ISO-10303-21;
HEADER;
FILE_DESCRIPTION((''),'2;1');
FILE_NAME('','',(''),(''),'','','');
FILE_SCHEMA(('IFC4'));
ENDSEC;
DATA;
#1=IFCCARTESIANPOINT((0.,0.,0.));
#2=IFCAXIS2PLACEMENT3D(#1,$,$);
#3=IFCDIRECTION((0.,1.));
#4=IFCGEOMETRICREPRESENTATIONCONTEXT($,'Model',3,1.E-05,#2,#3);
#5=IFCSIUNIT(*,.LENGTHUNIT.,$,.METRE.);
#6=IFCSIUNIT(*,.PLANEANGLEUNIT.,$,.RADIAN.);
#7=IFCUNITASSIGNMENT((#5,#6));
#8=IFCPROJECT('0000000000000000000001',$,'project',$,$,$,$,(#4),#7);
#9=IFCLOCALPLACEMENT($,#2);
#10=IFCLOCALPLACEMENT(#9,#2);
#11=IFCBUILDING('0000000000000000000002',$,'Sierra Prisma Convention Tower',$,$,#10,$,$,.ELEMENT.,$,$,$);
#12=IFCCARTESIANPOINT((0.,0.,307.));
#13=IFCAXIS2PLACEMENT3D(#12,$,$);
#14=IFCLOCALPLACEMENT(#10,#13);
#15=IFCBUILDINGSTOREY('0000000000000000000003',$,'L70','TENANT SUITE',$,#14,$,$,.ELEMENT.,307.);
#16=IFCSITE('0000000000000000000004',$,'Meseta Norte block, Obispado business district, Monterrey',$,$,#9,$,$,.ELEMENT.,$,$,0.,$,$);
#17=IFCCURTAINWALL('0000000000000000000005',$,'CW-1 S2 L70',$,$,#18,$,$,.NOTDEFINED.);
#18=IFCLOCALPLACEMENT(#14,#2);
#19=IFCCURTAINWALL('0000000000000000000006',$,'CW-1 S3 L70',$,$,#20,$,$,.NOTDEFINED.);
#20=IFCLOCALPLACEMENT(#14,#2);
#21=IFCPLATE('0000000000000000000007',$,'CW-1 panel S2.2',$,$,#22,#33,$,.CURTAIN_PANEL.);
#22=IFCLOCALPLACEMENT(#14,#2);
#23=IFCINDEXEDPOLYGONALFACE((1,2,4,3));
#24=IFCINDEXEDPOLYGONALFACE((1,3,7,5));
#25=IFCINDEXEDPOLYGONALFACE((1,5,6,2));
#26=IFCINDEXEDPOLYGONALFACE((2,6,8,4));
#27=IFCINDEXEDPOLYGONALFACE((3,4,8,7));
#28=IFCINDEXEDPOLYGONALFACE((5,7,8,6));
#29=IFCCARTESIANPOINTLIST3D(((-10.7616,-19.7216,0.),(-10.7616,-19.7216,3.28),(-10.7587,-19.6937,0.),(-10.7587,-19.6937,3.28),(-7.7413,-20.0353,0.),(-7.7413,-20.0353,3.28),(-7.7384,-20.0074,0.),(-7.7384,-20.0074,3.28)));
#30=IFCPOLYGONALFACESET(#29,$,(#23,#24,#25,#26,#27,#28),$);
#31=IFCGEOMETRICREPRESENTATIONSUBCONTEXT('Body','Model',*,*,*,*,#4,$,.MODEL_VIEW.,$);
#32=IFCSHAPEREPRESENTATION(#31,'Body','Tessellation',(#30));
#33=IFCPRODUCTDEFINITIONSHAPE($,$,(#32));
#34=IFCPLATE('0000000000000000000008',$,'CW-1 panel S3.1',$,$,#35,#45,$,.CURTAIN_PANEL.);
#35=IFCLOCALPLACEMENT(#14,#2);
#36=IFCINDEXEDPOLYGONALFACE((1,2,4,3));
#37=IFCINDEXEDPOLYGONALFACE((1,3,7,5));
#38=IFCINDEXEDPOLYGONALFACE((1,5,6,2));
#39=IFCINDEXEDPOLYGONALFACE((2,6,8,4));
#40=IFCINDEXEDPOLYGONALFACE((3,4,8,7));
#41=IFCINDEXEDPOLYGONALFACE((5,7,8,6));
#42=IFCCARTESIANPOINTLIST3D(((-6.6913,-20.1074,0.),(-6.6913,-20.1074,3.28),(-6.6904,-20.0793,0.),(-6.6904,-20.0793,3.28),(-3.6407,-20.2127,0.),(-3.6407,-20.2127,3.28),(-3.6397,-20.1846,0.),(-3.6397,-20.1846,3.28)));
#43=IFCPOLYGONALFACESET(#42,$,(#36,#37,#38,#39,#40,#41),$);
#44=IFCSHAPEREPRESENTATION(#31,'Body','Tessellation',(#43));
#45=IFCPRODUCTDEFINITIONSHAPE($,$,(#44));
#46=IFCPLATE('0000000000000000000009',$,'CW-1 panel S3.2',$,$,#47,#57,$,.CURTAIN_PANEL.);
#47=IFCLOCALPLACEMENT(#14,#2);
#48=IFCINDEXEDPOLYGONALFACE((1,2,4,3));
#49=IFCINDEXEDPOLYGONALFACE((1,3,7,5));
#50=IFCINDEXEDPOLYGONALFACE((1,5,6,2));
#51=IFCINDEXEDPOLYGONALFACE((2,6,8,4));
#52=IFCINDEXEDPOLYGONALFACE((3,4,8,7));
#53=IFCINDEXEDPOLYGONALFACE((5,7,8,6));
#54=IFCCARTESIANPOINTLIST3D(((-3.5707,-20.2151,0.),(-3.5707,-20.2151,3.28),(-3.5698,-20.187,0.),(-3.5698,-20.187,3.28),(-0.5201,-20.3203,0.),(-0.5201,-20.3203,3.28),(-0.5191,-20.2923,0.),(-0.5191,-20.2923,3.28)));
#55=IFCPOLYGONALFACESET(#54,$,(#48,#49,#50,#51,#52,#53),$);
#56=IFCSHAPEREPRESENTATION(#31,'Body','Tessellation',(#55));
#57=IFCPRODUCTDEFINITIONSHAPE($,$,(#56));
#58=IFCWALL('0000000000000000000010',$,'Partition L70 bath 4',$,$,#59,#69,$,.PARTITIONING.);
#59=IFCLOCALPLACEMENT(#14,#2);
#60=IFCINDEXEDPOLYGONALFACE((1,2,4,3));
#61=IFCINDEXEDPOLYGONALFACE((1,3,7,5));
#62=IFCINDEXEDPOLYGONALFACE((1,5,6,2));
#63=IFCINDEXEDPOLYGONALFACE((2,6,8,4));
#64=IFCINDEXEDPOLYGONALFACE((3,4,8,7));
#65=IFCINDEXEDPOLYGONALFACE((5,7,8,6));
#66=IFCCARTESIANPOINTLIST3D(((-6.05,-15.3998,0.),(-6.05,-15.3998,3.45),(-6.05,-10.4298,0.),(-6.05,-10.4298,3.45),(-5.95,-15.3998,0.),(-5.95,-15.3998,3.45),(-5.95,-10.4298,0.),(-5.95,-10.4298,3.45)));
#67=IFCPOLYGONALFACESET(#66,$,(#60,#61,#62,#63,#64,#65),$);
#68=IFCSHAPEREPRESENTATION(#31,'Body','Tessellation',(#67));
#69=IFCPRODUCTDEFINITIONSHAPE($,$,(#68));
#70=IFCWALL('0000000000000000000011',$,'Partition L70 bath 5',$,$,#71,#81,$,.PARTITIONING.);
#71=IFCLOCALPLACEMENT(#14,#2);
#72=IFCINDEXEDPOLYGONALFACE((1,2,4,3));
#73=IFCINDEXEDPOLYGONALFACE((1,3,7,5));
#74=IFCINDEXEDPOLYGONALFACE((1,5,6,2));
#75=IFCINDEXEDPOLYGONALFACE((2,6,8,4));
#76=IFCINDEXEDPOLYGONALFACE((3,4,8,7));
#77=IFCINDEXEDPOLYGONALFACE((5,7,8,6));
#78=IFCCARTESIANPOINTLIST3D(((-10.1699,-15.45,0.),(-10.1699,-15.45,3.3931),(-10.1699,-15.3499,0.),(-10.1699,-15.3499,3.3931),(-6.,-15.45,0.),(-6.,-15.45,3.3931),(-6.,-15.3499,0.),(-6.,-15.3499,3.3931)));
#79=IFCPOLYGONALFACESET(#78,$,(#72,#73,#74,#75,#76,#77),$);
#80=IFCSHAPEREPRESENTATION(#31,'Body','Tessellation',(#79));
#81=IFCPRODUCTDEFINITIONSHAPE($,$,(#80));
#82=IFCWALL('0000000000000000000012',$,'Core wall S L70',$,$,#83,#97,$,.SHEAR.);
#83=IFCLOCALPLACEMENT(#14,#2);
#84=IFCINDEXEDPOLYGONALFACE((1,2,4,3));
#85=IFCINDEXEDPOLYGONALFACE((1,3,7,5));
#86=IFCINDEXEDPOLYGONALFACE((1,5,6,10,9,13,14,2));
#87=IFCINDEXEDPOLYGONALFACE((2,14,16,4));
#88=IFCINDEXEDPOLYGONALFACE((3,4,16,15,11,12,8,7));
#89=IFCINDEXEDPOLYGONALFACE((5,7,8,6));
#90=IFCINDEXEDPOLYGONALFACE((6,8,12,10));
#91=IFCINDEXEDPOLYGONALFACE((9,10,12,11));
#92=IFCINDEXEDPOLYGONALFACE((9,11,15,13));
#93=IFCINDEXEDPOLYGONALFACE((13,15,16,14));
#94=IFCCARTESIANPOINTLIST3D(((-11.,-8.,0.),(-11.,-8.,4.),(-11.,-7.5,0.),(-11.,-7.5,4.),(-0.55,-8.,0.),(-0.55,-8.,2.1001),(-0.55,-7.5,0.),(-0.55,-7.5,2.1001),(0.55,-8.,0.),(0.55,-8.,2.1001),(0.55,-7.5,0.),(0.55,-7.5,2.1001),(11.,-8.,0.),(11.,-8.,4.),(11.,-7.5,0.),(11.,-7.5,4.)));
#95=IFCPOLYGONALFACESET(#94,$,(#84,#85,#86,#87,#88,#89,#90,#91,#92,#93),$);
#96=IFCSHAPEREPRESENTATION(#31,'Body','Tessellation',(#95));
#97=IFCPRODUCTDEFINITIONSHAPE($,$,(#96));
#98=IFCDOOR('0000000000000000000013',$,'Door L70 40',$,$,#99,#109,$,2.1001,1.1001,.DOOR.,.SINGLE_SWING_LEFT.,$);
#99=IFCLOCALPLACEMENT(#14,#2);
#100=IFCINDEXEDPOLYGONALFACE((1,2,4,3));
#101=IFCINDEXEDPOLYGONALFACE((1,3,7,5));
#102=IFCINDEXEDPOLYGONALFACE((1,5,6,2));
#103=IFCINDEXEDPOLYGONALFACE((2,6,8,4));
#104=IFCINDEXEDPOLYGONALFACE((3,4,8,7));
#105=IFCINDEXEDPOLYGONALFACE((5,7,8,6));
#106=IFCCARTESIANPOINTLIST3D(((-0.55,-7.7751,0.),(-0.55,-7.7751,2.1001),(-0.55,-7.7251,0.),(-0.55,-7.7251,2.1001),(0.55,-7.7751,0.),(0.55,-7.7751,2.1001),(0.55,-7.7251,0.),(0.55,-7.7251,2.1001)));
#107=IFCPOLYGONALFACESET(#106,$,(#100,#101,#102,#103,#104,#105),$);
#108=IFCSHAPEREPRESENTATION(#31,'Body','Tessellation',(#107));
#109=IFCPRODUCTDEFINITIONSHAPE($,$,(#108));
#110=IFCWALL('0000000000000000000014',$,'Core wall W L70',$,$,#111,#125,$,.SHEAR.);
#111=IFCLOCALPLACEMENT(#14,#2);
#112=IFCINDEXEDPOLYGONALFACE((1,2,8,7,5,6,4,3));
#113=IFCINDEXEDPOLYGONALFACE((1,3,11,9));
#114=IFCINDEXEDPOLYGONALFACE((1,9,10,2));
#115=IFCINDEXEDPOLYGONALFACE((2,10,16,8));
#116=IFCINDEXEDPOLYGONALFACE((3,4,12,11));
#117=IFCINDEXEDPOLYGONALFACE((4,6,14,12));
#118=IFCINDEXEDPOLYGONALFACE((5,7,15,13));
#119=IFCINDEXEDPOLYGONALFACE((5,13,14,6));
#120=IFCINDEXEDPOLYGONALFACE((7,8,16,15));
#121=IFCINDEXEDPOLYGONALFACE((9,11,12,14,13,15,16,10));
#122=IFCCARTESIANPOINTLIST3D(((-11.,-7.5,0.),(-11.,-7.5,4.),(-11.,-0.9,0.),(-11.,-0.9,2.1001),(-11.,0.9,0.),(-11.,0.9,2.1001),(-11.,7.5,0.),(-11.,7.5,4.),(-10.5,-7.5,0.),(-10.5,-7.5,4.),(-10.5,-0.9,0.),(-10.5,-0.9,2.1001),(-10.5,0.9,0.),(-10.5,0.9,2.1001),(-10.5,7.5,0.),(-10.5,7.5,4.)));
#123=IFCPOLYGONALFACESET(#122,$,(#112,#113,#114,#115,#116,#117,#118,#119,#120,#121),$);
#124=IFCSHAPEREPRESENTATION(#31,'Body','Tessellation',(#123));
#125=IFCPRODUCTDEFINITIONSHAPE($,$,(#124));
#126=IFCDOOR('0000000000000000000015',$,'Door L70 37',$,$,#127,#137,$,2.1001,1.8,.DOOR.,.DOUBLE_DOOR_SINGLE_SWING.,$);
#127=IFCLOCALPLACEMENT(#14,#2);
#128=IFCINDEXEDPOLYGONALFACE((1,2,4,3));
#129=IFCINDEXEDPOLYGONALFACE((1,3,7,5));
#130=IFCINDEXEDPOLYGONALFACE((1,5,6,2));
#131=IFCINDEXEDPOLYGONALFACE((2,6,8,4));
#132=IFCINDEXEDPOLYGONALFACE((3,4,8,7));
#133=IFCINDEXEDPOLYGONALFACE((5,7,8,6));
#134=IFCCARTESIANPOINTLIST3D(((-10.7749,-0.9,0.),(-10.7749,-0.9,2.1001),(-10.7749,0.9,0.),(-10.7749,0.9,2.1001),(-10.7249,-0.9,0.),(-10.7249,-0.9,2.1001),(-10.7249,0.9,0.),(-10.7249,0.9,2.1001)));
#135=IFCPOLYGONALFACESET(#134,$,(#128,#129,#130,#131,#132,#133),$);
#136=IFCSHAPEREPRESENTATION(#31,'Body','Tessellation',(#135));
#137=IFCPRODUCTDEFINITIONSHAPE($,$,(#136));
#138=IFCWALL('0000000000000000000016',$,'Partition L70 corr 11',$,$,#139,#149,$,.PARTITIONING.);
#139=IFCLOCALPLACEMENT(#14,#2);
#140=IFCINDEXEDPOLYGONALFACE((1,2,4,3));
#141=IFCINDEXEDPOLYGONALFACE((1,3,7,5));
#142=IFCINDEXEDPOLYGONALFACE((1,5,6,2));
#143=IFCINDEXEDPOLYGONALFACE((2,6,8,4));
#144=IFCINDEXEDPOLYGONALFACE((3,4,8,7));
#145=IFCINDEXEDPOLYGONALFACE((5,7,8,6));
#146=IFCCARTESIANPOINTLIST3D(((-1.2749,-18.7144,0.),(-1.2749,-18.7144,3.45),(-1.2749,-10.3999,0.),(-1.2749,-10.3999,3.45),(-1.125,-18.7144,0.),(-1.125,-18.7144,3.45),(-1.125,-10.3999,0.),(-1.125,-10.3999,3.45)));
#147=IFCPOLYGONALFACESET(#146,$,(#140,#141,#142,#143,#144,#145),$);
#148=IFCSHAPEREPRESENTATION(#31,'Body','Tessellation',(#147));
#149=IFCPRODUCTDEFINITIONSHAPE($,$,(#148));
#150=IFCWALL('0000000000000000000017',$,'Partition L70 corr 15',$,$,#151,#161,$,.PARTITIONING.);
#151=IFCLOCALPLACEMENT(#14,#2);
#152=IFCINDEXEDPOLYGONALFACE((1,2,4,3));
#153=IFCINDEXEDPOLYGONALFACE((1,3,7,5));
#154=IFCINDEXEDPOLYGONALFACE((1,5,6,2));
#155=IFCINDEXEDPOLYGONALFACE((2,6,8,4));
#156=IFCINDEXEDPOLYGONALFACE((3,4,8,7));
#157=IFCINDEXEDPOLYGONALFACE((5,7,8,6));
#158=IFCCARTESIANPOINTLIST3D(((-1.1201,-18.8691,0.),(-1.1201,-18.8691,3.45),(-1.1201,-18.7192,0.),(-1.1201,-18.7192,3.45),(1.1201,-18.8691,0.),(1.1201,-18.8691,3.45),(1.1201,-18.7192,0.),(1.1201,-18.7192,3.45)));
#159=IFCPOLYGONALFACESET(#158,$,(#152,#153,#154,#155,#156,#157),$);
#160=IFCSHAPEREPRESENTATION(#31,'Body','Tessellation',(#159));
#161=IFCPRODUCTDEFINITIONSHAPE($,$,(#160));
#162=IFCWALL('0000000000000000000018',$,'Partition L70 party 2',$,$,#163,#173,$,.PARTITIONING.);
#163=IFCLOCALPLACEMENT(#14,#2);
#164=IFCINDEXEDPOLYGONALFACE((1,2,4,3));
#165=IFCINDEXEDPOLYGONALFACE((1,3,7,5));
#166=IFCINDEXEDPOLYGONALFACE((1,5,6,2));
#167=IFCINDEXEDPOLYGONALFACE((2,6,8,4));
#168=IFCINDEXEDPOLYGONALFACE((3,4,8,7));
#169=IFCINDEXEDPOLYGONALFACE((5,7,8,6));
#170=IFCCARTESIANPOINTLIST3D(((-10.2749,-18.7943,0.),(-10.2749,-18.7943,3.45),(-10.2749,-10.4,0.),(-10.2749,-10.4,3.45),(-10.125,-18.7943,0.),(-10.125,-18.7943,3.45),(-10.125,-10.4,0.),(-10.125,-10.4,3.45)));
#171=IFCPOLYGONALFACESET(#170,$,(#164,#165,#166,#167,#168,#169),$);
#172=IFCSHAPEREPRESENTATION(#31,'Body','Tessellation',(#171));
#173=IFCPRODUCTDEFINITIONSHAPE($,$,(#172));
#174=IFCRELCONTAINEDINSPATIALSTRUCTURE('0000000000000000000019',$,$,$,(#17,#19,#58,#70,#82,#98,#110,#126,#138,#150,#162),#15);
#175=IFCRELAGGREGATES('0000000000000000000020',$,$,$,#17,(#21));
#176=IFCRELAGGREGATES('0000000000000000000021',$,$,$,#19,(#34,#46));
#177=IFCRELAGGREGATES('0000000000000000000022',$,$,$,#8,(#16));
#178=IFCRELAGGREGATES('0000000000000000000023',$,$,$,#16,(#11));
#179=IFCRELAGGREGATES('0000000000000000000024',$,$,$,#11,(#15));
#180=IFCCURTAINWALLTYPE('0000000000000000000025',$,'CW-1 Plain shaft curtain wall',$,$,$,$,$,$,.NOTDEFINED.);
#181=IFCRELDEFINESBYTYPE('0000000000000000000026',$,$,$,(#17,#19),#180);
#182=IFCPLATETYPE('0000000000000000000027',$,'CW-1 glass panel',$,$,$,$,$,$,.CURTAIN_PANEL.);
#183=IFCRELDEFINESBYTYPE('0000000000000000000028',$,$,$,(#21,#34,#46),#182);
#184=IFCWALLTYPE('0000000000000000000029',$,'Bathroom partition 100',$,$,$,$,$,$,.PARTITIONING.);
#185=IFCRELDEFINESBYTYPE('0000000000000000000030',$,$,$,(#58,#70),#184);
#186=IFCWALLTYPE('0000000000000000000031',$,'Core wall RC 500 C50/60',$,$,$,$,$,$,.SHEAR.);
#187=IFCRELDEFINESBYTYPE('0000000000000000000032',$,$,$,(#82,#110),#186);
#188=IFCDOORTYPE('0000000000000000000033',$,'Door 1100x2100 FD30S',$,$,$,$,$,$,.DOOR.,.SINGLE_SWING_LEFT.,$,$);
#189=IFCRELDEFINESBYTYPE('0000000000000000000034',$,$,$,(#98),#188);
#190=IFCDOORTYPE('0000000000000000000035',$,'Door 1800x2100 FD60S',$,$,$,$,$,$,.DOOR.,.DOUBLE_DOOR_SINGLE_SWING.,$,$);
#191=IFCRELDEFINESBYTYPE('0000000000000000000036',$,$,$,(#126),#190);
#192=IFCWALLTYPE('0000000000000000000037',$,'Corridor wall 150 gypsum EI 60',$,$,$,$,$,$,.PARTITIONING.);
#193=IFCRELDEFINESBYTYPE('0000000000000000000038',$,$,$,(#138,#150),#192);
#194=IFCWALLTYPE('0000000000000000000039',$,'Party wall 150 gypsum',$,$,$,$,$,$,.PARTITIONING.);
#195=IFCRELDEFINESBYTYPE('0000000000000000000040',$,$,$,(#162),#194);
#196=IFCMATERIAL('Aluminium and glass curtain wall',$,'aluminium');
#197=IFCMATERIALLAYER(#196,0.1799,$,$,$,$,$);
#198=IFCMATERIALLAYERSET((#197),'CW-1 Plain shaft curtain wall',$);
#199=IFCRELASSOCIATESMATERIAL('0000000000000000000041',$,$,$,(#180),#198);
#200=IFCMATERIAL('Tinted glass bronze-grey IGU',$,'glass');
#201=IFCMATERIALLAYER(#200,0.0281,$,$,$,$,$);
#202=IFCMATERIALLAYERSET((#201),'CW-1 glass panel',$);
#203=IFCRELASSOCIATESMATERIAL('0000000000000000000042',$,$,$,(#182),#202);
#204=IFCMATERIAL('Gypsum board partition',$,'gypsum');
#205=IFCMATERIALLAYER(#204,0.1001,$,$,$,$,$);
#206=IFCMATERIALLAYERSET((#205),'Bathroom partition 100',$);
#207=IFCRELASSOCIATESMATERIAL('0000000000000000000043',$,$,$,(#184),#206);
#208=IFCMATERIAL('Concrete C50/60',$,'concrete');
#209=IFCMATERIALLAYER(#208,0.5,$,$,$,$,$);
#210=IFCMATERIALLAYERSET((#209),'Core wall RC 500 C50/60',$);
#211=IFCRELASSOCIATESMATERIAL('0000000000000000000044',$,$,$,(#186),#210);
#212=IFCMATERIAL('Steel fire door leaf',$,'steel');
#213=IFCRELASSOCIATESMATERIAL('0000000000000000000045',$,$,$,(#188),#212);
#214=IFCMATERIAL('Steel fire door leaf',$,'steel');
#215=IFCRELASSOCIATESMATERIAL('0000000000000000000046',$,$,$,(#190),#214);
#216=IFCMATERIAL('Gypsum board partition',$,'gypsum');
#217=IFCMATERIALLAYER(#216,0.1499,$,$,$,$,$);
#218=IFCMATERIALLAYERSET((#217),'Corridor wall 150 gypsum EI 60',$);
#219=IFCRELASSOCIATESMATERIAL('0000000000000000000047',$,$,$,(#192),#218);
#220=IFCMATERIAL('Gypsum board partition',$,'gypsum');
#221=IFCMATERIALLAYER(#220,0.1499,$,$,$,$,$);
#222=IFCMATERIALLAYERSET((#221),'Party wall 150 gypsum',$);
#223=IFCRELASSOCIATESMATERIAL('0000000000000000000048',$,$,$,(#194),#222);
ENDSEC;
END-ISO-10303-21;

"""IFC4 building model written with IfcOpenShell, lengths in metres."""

from ifc_helpers import new_model, si_unit, direction, frame, frame_2d, origin, origin_2d, place, context, subcontext, project, spatial, rectangle, extrude, material, layer, layer_set, type_object, element, fill, aggregate, save


model = new_model("IFC4")

# Units and contexts
model_context = context("Model", 3, precision=1e-05, world=origin(), true_north=direction((0.0, 1.0)))
body_context = subcontext(model_context, "Body", "Model", "MODEL_VIEW")
ifc_project = project(units=[si_unit("LENGTHUNIT", "METRE"), si_unit("PLANEANGLEUNIT", "RADIAN")], contexts=[model_context])

# Site, building, storey
site_placement = place(None, origin())
site = spatial("IfcSite", under=ifc_project, at=site_placement, Name="Meseta Norte block, Obispado business district, Monterrey", CompositionType="ELEMENT", RefElevation=0.0)
building_placement = place(site_placement, origin())
building = spatial("IfcBuilding", under=site, at=building_placement, Name="Sierra Prisma Convention Tower", CompositionType="ELEMENT")
storey_placement = place(building_placement, frame((0.0, 0.0, 307.0)))
storey = spatial("IfcBuildingStorey", under=building, at=storey_placement, Name="L70", Description="TENANT SUITE", CompositionType="ELEMENT", Elevation=307.0)

# Curtain wall
ifc_material_1 = material(Name="Aluminium and glass curtain wall", Category="aluminium")
ifc_layer_1 = layer(ifc_material_1, 0.1799)
ifc_layer_set_1 = layer_set([ifc_layer_1], Name="CW-1 Plain shaft curtain wall")
curtain_wall_type = type_object("IfcCurtainWallType", Name="CW-1 Plain shaft curtain wall", PredefinedType="NOTDEFINED", material=ifc_layer_set_1)
curtain_wall_1_placement = place(storey_placement, origin())
curtain_wall_1 = element("IfcCurtainWall", 1, at=curtain_wall_1_placement, inside=storey, type_object=curtain_wall_type, Name="CW-1 S2 L70", PredefinedType="NOTDEFINED")

# Curtain wall
curtain_wall_2_placement = place(storey_placement, origin())
curtain_wall_2 = element("IfcCurtainWall", 2, at=curtain_wall_2_placement, inside=storey, type_object=curtain_wall_type, Name="CW-1 S3 L70", PredefinedType="NOTDEFINED")

# Plates
ifc_material_2 = material(Name="Tinted glass bronze-grey IGU", Category="glass")
ifc_layer_2 = layer(ifc_material_2, 0.0281)
ifc_layer_set_2 = layer_set([ifc_layer_2], Name="CW-1 glass panel")
plate_type = type_object("IfcPlateType", Name="CW-1 glass panel", PredefinedType="CURTAIN_PANEL", material=ifc_layer_set_2)
plate_1_placement = place(storey_placement, frame((-9.25, -19.8645, 0.0), z_axis=(0.0, 0.0, 1.0), x_axis=(0.994649, -0.103308, 0.0)))
plate_1 = element("IfcPlate", 3, at=plate_1_placement, type_object=plate_type, Name="CW-1 panel S2.2", PredefinedType="CURTAIN_PANEL", context=body_context, shape_type="SweptSolid", body=[
    extrude(rectangle(XDim=3.0366, YDim=0.0281, at=origin_2d()), origin(), (0.0, 0.0, 1.0), 3.28),
])
aggregate(curtain_wall_1, [plate_1])
plate_2_placement = place(storey_placement, frame((-5.1655, -20.146, 0.0), z_axis=(0.0, 0.0, 1.0), x_axis=(0.999405, -0.034491, 0.0)))
plate_2 = element("IfcPlate", 4, at=plate_2_placement, type_object=plate_type, Name="CW-1 panel S3.1", PredefinedType="CURTAIN_PANEL", context=body_context, shape_type="SweptSolid", body=[
    extrude(rectangle(XDim=3.0525, YDim=0.0281, at=origin_2d()), origin(), (0.0, 0.0, 1.0), 3.28),
])
plate_3_placement = place(storey_placement, frame((-2.0449, -20.2537, 0.0), z_axis=(0.0, 0.0, 1.0), x_axis=(0.999405, -0.034491, 0.0)))
plate_3 = element("IfcPlate", 5, at=plate_3_placement, type_object=plate_type, Name="CW-1 panel S3.2", PredefinedType="CURTAIN_PANEL", context=body_context, shape_type="SweptSolid", body=[
    extrude(rectangle(XDim=3.0525, YDim=0.0281, at=origin_2d()), origin(), (0.0, 0.0, 1.0), 3.28),
])
aggregate(curtain_wall_2, [plate_2, plate_3])

# Walls
ifc_material_3 = material(Name="Gypsum board partition", Category="gypsum")
ifc_layer_3 = layer(ifc_material_3, 0.1001)
ifc_layer_set_3 = layer_set([ifc_layer_3], Name="Bathroom partition 100")
wall_type_1 = type_object("IfcWallType", Name="Bathroom partition 100", PredefinedType="PARTITIONING", material=ifc_layer_set_3)
wall_1_placement = place(storey_placement, frame((-6.0, -10.4299, 0.0), z_axis=(0.0, 0.0, 1.0), x_axis=(0.0, -1.0, 0.0)))
element("IfcWall", 6, at=wall_1_placement, inside=storey, type_object=wall_type_1, Name="Partition L70 bath 4", PredefinedType="PARTITIONING", context=body_context, shape_type="SweptSolid", body=[
    extrude(rectangle(XDim=4.97, YDim=0.1001, at=frame_2d((2.4849, 0.0))), origin(), (0.0, 0.0, 1.0), 3.45),
])
wall_2_placement = place(storey_placement, frame((-6.0, -15.3999, 0.0), z_axis=(0.0, 0.0, 1.0), x_axis=(-1.0, 0.0, 0.0)))
element("IfcWall", 7, at=wall_2_placement, inside=storey, type_object=wall_type_1, Name="Partition L70 bath 5", PredefinedType="PARTITIONING", context=body_context, shape_type="SweptSolid", body=[
    extrude(rectangle(XDim=4.1699, YDim=0.1001, at=frame_2d((2.085, 0.0))), origin(), (0.0, 0.0, 1.0), 3.3931),
])

# Walls, openings, doors
ifc_material_4 = material(Name="Concrete C50/60", Category="concrete")
ifc_layer_4 = layer(ifc_material_4, 0.5)
ifc_layer_set_4 = layer_set([ifc_layer_4], Name="Core wall RC 500 C50/60")
wall_type_2 = type_object("IfcWallType", Name="Core wall RC 500 C50/60", PredefinedType="SHEAR", material=ifc_layer_set_4)
wall_3_placement = place(storey_placement, frame((-11.0, -7.75, 0.0), z_axis=(0.0, 0.0, 1.0), x_axis=(1.0, 0.0, 0.0)))
wall_3 = element("IfcWall", 8, at=wall_3_placement, inside=storey, type_object=wall_type_2, Name="Core wall S L70", PredefinedType="SHEAR", context=body_context, shape_type="SweptSolid", body=[
    extrude(rectangle(XDim=22.0, YDim=0.5, at=frame_2d((11.0, 0.0))), origin(), (0.0, 0.0, 1.0), 4.0),
])
opening_1_placement = place(wall_3_placement, frame((10.45, 0.0, 0.0)))
opening_1 = element("IfcOpeningElement", 9, at=opening_1_placement, cuts=wall_3, PredefinedType="OPENING", context=body_context, shape_type="SweptSolid", body=[
    extrude(rectangle(XDim=1.1001, YDim=2.1001, at=frame_2d((0.55, 1.05))), frame((0.0, 0.25, 0.0), z_axis=(0.0, -1.0, 0.0), x_axis=(1.0, 0.0, 0.0)), (0.0, 0.0, 1.0), 0.5),
])
ifc_material_5 = material(Name="Steel fire door leaf", Category="steel")
door_type_1 = type_object("IfcDoorType", Name="Door 1100x2100 FD30S", OperationType="SINGLE_SWING_LEFT", PredefinedType="DOOR", material=ifc_material_5)
door_1_placement = place(opening_1_placement, origin())
door_1 = element("IfcDoor", 10, at=door_1_placement, inside=storey, type_object=door_type_1, Name="Door L70 40", OperationType="SINGLE_SWING_LEFT", OverallHeight=2.1001, OverallWidth=1.1001, PredefinedType="DOOR", context=body_context, shape_type="SweptSolid", body=[
    extrude(rectangle(XDim=1.1001, YDim=2.1001, at=frame_2d((0.55, 1.05))), frame((0.0, 0.0249, 0.0), z_axis=(0.0, -1.0, 0.0), x_axis=(1.0, 0.0, 0.0)), (0.0, 0.0, 1.0), 0.05),
])
fill(opening_1, door_1)
wall_4_placement = place(storey_placement, frame((-10.75, -7.5, 0.0), z_axis=(0.0, 0.0, 1.0), x_axis=(0.0, 1.0, 0.0)))
wall_4 = element("IfcWall", 11, at=wall_4_placement, inside=storey, type_object=wall_type_2, Name="Core wall W L70", PredefinedType="SHEAR", context=body_context, shape_type="SweptSolid", body=[
    extrude(rectangle(XDim=15.0, YDim=0.5, at=frame_2d((7.5, 0.0))), origin(), (0.0, 0.0, 1.0), 4.0),
])
opening_2_placement = place(wall_4_placement, frame((6.6001, 0.0, 0.0)))
opening_2 = element("IfcOpeningElement", 12, at=opening_2_placement, cuts=wall_4, PredefinedType="OPENING", context=body_context, shape_type="SweptSolid", body=[
    extrude(rectangle(XDim=1.8, YDim=2.1001, at=frame_2d((0.8999, 1.05))), frame((0.0, 0.25, 0.0), z_axis=(0.0, -1.0, 0.0), x_axis=(1.0, 0.0, 0.0)), (0.0, 0.0, 1.0), 0.5),
])
ifc_material_6 = material(Name="Steel fire door leaf", Category="steel")
door_type_2 = type_object("IfcDoorType", Name="Door 1800x2100 FD60S", OperationType="DOUBLE_DOOR_SINGLE_SWING", PredefinedType="DOOR", material=ifc_material_6)
door_2_placement = place(opening_2_placement, origin())
door_2 = element("IfcDoor", 13, at=door_2_placement, inside=storey, type_object=door_type_2, Name="Door L70 37", OperationType="DOUBLE_DOOR_SINGLE_SWING", OverallHeight=2.1001, OverallWidth=1.8, PredefinedType="DOOR", context=body_context, shape_type="SweptSolid", body=[
    extrude(rectangle(XDim=1.8, YDim=2.1001, at=frame_2d((0.8999, 1.05))), frame((0.0, 0.0249, 0.0), z_axis=(0.0, -1.0, 0.0), x_axis=(1.0, 0.0, 0.0)), (0.0, 0.0, 1.0), 0.05),
])
fill(opening_2, door_2)

# Walls
ifc_material_7 = material(Name="Gypsum board partition", Category="gypsum")
ifc_layer_5 = layer(ifc_material_7, 0.1499)
ifc_layer_set_5 = layer_set([ifc_layer_5], Name="Corridor wall 150 gypsum EI 60")
wall_type_3 = type_object("IfcWallType", Name="Corridor wall 150 gypsum EI 60", PredefinedType="PARTITIONING", material=ifc_layer_set_5)
wall_5_placement = place(storey_placement, frame((-1.2, -10.3999, 0.0), z_axis=(0.0, 0.0, 1.0), x_axis=(0.0, -1.0, 0.0)))
element("IfcWall", 14, at=wall_5_placement, inside=storey, type_object=wall_type_3, Name="Partition L70 corr 11", PredefinedType="PARTITIONING", context=body_context, shape_type="SweptSolid", body=[
    extrude(rectangle(XDim=8.3145, YDim=0.1499, at=frame_2d((4.1572, 0.0))), origin(), (0.0, 0.0, 1.0), 3.45),
])
wall_6_placement = place(storey_placement, frame((-1.1201, -18.7942, 0.0), z_axis=(0.0, 0.0, 1.0), x_axis=(1.0, 0.0, 0.0)))
element("IfcWall", 15, at=wall_6_placement, inside=storey, type_object=wall_type_3, Name="Partition L70 corr 15", PredefinedType="PARTITIONING", context=body_context, shape_type="SweptSolid", body=[
    extrude(rectangle(XDim=2.2402, YDim=0.1499, at=frame_2d((1.1201, 0.0))), origin(), (0.0, 0.0, 1.0), 3.45),
])
ifc_material_8 = material(Name="Gypsum board partition", Category="gypsum")
ifc_layer_6 = layer(ifc_material_8, 0.1499)
ifc_layer_set_6 = layer_set([ifc_layer_6], Name="Party wall 150 gypsum")
wall_type_4 = type_object("IfcWallType", Name="Party wall 150 gypsum", PredefinedType="PARTITIONING", material=ifc_layer_set_6)
wall_7_placement = place(storey_placement, frame((-10.2, -10.3999, 0.0), z_axis=(0.0, 0.0, 1.0), x_axis=(0.0, -1.0, 0.0)))
element("IfcWall", 16, at=wall_7_placement, inside=storey, type_object=wall_type_4, Name="Partition L70 party 2", PredefinedType="PARTITIONING", context=body_context, shape_type="SweptSolid", body=[
    extrude(rectangle(XDim=8.3943, YDim=0.1499, at=frame_2d((4.1973, 0.0))), origin(), (0.0, 0.0, 1.0), 3.45),
])

save(model, "model.ifc")
